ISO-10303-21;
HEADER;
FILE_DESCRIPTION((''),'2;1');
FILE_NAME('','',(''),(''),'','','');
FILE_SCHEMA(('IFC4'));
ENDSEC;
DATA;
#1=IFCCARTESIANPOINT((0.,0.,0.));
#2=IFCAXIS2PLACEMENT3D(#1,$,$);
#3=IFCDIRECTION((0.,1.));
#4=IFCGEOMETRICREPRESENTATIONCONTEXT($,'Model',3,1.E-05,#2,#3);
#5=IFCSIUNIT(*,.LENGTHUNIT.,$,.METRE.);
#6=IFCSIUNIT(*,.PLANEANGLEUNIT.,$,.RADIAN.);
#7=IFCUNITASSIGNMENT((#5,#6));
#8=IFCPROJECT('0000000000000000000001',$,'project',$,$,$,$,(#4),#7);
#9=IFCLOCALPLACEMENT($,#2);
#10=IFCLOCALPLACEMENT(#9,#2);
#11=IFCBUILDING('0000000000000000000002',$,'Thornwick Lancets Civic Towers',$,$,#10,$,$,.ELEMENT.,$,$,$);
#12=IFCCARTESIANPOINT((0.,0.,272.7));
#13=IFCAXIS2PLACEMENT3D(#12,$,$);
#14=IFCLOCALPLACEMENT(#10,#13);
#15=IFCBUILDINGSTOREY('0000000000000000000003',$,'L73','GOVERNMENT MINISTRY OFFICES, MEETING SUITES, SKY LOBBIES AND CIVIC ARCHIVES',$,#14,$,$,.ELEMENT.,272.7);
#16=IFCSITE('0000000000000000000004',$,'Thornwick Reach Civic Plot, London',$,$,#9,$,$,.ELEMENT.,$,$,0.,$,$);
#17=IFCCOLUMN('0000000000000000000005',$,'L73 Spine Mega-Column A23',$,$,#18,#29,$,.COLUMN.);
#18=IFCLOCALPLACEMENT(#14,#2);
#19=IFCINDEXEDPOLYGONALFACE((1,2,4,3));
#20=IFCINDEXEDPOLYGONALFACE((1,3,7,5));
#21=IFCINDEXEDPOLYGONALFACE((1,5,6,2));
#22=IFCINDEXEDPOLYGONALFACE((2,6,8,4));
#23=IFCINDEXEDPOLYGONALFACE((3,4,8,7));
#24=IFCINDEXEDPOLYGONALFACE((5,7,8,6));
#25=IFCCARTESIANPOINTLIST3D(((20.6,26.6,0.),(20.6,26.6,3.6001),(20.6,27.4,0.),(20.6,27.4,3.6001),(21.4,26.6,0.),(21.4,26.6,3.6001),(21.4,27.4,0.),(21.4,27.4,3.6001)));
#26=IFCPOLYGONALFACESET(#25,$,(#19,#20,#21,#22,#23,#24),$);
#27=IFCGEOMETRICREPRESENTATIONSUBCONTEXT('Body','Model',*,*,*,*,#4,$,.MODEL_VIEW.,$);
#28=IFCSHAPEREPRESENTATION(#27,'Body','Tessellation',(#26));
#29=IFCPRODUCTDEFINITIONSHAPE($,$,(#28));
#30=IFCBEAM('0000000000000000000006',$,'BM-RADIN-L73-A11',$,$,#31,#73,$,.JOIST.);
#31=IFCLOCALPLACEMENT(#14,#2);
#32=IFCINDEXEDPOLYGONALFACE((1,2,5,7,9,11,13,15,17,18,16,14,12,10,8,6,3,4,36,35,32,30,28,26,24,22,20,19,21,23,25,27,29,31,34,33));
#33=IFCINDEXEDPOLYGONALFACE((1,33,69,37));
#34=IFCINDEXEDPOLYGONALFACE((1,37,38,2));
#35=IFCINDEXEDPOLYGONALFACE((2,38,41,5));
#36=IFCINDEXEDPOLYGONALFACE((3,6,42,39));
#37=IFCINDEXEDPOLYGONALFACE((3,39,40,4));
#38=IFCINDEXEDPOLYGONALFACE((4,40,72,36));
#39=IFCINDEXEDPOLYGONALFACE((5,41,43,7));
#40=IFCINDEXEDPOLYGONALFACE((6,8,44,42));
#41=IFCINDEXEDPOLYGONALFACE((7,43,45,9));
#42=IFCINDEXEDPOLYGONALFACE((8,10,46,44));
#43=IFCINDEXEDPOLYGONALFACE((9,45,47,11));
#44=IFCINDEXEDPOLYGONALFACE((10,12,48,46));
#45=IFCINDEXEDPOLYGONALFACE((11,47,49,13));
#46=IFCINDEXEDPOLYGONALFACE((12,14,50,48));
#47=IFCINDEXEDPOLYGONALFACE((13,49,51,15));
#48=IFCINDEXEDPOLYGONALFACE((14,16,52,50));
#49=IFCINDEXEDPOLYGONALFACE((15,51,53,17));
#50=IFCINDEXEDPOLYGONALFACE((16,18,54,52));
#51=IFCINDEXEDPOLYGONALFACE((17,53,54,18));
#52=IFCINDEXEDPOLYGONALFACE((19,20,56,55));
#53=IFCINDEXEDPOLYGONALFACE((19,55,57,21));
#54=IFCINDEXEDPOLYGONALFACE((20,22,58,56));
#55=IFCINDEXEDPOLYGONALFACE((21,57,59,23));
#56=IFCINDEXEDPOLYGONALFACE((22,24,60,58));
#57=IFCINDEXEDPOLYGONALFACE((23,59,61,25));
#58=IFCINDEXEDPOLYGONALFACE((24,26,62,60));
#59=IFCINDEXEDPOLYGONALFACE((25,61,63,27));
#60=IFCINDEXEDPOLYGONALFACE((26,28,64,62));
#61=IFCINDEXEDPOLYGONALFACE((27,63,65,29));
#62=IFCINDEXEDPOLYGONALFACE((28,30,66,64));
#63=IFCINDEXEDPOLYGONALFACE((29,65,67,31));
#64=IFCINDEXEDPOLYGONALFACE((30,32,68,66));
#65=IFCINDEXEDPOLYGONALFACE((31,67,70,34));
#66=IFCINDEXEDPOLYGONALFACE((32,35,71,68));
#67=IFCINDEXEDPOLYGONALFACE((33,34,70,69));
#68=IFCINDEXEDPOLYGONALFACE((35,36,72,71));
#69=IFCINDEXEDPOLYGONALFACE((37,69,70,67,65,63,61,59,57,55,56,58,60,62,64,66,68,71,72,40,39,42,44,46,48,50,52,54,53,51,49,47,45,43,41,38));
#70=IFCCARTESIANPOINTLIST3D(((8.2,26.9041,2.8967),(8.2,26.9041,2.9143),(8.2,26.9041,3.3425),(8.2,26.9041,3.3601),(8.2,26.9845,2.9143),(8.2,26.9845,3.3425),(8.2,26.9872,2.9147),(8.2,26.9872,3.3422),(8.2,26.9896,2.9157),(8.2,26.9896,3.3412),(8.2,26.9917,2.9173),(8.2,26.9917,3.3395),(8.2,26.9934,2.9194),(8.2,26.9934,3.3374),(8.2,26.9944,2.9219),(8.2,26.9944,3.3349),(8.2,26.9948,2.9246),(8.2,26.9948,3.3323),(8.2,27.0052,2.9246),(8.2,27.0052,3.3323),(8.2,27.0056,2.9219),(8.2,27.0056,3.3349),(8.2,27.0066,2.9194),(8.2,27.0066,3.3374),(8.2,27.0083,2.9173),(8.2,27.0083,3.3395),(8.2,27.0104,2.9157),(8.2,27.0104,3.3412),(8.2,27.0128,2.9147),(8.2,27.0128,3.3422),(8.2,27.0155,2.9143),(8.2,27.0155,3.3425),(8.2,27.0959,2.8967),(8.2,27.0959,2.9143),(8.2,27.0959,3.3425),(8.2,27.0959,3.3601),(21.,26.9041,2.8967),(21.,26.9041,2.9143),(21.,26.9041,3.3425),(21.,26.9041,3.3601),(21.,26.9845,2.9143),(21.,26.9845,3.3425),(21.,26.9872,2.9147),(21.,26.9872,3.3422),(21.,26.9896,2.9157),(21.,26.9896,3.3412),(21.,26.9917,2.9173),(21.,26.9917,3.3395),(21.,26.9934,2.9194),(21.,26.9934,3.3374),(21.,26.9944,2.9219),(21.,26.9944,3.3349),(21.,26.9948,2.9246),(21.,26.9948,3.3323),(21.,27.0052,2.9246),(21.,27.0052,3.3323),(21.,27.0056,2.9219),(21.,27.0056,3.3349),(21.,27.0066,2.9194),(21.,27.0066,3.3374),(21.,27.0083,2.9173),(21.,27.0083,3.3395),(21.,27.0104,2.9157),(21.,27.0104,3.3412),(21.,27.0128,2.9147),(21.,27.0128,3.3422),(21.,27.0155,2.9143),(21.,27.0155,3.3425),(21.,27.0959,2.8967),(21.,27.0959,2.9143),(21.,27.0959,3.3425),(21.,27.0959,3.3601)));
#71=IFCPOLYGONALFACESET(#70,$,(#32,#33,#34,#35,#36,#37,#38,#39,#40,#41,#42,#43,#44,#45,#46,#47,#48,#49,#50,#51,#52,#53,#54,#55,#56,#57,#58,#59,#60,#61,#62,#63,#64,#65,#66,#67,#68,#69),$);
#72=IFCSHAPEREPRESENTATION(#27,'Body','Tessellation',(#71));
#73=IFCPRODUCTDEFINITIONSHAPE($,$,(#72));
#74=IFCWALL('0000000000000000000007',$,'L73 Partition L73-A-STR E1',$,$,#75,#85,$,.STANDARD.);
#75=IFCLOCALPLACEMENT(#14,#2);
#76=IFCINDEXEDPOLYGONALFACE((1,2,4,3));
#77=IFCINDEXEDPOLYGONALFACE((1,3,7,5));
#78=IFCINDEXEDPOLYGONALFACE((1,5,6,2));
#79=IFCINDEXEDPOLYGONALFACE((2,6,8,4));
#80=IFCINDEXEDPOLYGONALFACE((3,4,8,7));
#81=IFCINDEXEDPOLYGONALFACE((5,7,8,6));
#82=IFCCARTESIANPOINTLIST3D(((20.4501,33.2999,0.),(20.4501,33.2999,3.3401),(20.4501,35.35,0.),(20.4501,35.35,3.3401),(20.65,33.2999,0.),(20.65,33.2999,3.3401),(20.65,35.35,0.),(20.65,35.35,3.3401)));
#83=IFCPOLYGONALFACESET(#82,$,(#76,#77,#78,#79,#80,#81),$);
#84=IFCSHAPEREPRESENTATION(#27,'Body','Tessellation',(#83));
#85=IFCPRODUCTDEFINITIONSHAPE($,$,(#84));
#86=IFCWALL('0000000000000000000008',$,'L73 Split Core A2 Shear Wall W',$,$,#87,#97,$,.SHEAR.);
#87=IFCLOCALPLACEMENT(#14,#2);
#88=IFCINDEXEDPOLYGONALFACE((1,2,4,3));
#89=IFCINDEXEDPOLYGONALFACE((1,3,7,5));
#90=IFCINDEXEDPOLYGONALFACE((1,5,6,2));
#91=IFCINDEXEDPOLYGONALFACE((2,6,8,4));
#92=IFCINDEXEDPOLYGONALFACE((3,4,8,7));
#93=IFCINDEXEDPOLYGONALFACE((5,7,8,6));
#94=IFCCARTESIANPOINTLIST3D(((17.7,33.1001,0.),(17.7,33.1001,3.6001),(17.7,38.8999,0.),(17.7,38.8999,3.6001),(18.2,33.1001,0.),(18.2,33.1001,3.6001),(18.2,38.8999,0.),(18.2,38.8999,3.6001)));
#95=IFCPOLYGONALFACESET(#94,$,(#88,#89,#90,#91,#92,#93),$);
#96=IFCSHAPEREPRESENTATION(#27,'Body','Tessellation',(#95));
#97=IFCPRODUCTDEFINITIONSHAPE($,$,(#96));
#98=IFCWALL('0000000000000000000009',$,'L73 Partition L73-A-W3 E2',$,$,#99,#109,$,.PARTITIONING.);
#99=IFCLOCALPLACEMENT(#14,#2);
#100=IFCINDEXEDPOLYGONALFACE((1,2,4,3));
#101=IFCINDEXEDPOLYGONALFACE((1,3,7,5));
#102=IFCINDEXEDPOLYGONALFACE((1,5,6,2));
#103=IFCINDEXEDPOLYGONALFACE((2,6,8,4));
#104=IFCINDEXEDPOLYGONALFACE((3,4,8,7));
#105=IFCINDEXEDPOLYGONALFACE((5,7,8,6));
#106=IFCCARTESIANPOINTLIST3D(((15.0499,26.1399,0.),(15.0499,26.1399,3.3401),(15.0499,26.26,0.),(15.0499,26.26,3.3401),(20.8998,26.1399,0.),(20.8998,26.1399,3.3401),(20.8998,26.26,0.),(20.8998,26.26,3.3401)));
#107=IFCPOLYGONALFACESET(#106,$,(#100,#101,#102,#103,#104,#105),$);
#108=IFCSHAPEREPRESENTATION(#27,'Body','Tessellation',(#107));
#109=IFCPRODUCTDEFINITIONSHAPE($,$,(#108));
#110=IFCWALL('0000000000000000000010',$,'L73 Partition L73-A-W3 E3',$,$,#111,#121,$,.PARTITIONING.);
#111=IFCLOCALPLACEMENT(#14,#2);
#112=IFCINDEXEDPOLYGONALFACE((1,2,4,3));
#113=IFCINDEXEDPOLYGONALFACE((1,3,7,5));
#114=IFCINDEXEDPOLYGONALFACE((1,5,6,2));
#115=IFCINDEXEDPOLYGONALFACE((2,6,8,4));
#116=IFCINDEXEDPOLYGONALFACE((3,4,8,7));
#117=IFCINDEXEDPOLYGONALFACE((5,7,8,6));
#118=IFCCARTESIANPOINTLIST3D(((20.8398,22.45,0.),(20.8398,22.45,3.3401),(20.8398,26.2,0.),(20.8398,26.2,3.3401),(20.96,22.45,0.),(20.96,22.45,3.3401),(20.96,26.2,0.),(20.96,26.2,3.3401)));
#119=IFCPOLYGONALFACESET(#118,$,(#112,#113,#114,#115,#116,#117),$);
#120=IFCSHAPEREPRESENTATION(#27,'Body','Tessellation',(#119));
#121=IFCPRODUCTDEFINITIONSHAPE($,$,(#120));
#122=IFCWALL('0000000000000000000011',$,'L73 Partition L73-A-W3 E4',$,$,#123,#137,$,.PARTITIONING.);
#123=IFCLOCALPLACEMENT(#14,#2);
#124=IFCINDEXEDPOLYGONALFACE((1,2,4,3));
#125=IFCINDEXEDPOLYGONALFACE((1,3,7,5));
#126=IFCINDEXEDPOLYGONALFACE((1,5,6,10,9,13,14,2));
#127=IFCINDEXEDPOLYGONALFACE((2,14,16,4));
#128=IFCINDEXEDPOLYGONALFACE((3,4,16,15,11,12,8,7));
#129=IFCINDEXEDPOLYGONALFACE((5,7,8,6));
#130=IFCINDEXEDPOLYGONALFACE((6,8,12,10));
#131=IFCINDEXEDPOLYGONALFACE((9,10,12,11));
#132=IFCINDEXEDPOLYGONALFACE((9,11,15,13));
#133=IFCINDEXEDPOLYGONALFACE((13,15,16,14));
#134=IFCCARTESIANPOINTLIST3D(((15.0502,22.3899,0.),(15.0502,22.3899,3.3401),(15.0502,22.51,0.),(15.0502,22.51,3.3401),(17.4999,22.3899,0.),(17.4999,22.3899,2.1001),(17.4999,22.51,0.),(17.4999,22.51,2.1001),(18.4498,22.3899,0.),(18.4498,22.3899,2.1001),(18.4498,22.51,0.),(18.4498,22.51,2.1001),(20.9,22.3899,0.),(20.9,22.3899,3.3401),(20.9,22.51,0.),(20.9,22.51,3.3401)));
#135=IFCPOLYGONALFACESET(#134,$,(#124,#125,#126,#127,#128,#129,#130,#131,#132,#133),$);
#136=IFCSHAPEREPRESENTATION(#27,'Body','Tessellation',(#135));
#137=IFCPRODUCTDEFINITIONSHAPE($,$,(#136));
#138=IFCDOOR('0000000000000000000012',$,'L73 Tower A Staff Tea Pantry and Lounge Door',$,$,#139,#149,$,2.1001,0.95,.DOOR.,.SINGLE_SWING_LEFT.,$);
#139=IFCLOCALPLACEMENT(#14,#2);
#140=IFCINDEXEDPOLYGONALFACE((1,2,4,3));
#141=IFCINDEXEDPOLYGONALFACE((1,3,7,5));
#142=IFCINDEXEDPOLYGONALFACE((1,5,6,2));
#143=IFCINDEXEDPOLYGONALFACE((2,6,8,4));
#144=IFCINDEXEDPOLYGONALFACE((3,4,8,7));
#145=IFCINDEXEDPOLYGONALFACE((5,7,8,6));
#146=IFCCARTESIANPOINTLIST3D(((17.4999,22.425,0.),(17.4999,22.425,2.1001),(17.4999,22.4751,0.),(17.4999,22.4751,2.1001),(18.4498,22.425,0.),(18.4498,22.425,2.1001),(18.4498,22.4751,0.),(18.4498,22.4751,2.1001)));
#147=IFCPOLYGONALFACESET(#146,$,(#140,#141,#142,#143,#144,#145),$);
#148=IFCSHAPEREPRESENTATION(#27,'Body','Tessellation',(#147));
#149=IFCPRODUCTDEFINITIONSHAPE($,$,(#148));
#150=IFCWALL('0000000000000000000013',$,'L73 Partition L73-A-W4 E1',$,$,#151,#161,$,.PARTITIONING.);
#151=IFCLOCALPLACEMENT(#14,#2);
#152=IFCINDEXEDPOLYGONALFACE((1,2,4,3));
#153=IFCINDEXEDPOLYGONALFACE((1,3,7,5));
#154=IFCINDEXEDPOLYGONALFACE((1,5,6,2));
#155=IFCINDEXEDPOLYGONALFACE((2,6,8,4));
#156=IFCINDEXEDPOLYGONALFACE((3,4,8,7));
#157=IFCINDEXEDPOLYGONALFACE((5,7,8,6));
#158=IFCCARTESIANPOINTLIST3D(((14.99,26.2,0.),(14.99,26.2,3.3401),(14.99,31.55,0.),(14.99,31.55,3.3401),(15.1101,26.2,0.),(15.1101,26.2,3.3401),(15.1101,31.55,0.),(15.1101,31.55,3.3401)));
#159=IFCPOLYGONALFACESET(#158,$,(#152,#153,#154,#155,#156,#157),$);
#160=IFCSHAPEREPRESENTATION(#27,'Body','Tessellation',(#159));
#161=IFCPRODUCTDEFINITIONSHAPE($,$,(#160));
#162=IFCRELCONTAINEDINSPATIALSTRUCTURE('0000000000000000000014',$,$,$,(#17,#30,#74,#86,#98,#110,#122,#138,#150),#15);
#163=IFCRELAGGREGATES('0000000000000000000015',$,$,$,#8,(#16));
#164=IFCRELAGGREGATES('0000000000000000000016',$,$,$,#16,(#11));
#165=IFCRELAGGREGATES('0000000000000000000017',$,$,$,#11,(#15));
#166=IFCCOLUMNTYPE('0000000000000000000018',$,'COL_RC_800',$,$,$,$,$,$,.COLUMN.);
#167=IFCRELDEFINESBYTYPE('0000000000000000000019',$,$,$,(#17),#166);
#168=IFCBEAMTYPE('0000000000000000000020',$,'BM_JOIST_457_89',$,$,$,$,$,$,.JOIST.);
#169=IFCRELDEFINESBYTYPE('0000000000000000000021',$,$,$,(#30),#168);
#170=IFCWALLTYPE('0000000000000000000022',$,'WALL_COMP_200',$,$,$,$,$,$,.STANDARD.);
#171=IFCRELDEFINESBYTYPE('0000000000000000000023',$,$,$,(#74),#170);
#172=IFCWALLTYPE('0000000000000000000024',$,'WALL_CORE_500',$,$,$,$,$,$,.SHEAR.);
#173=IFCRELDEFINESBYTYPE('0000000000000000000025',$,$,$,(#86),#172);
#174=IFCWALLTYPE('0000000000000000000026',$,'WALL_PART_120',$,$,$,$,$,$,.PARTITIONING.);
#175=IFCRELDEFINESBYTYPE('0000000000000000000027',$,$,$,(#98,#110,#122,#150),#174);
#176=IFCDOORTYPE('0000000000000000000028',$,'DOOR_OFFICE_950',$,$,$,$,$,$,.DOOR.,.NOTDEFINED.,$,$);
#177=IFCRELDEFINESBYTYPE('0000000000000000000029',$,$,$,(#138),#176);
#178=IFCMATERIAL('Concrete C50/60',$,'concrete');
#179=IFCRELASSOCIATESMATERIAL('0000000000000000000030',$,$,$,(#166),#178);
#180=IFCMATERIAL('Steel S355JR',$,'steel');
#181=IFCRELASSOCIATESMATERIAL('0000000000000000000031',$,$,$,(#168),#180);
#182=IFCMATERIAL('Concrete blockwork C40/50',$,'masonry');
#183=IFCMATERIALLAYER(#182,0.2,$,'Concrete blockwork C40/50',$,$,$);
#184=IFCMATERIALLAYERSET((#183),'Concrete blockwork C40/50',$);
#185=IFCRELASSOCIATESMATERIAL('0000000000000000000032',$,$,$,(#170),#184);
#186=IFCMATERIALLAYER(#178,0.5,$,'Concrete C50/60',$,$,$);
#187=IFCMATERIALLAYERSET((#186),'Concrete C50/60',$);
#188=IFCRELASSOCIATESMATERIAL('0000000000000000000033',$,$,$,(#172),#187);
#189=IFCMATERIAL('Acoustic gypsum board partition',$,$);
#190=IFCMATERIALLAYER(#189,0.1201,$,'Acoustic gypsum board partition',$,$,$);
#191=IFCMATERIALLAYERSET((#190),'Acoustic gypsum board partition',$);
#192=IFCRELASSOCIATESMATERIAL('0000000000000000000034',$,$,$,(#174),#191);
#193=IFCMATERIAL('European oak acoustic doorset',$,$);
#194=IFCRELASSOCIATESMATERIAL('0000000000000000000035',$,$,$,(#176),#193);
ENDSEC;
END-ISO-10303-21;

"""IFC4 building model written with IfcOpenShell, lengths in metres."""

from ifc_helpers import new_model, si_unit, direction, frame, frame_2d, origin, origin_2d, place, context, subcontext, project, spatial, rectangle, i_section, extrude, material, layer, layer_set, material_profile, profile_set, type_object, element, fill, save


model = new_model("IFC4")

# Units and contexts
model_context = context("Model", 3, precision=1e-05, world=origin(), true_north=direction((0.0, 1.0)))
body_context = subcontext(model_context, "Body", "Model", "MODEL_VIEW")
ifc_project = project(units=[si_unit("LENGTHUNIT", "METRE"), si_unit("PLANEANGLEUNIT", "RADIAN")], contexts=[model_context])

# Site, building, storey
site_placement = place(None, origin())
site = spatial("IfcSite", under=ifc_project, at=site_placement, Name="Thornwick Reach Civic Plot, London", CompositionType="ELEMENT", RefElevation=0.0)
building_placement = place(site_placement, origin())
building = spatial("IfcBuilding", under=site, at=building_placement, Name="Thornwick Lancets Civic Towers", CompositionType="ELEMENT")
storey_placement = place(building_placement, frame((0.0, 0.0, 272.7)))
storey = spatial("IfcBuildingStorey", under=building, at=storey_placement, Name="L73", Description="GOVERNMENT MINISTRY OFFICES, MEETING SUITES, SKY LOBBIES AND CIVIC ARCHIVES", CompositionType="ELEMENT", Elevation=272.7)

# Column
ifc_material_1 = material(Name="Concrete C50/60", Category="concrete")
ifc_material_profile_1 = material_profile(ifc_material_1, rectangle(XDim=0.8, YDim=0.8, at=origin_2d()), Name="RC 800x800")
ifc_profile_set_1 = profile_set([ifc_material_profile_1], Name="Concrete C50/60")
column_type = type_object("IfcColumnType", Name="COL_RC_800", PredefinedType="COLUMN", material=ifc_profile_set_1)
column_placement = place(storey_placement, frame((21.0, 27.0, 0.0), z_axis=(0.0, 0.0, 1.0), x_axis=(1.0, 0.0, 0.0)))
element("IfcColumn", 1, at=column_placement, inside=storey, type_object=column_type, Name="L73 Spine Mega-Column A23", PredefinedType="COLUMN", context=body_context, shape_type="SweptSolid", body=[
    extrude(rectangle(XDim=0.8, YDim=0.8, at=origin_2d()), origin(), (0.0, 0.0, 1.0), 3.6001),
])

# Beam
ifc_material_2 = material(Name="Steel S355JR", Category="steel")
ifc_material_profile_2 = material_profile(ifc_material_2, i_section(OverallWidth=0.1919, OverallDepth=0.4634, WebThickness=0.0105, FlangeThickness=0.0176, FilletRadius=0.0103, at=origin_2d()), Name="UKB 457x191x89")
ifc_profile_set_2 = profile_set([ifc_material_profile_2], Name="Steel S355JR")
beam_type = type_object("IfcBeamType", Name="BM_JOIST_457_89", PredefinedType="JOIST", material=ifc_profile_set_2)
beam_placement = place(storey_placement, frame((21.0, 27.0, 3.1284), z_axis=(-1.0, 0.0, 0.0), x_axis=(0.0, -1.0, 0.0)))
element("IfcBeam", 2, at=beam_placement, inside=storey, type_object=beam_type, Name="BM-RADIN-L73-A11", PredefinedType="JOIST", context=body_context, shape_type="SweptSolid", body=[
    extrude(i_section(OverallWidth=0.1919, OverallDepth=0.4634, WebThickness=0.0105, FlangeThickness=0.0176, FilletRadius=0.0103, at=origin_2d()), origin(), (0.0, 0.0, 1.0), 12.8),
])

# Walls
ifc_material_3 = material(Name="Concrete blockwork C40/50", Category="masonry")
ifc_layer_1 = layer(ifc_material_3, 0.2, Name="Concrete blockwork C40/50")
ifc_layer_set_1 = layer_set([ifc_layer_1], Name="Concrete blockwork C40/50")
wall_type_1 = type_object("IfcWallType", Name="WALL_COMP_200", PredefinedType="STANDARD", material=ifc_layer_set_1)
wall_1_placement = place(storey_placement, frame((20.55, 33.3, 0.0), z_axis=(0.0, 0.0, 1.0), x_axis=(0.0, 1.0, 0.0)))
element("IfcWall", 3, at=wall_1_placement, inside=storey, type_object=wall_type_1, Name="L73 Partition L73-A-STR E1", PredefinedType="STANDARD", context=body_context, shape_type="SweptSolid", body=[
    extrude(rectangle(XDim=2.05, YDim=0.2, at=frame_2d((1.0249, 0.0))), origin(), (0.0, 0.0, 1.0), 3.3401),
])
ifc_layer_2 = layer(ifc_material_1, 0.5, Name="Concrete C50/60")
ifc_layer_set_2 = layer_set([ifc_layer_2], Name="Concrete C50/60")
wall_type_2 = type_object("IfcWallType", Name="WALL_CORE_500", PredefinedType="SHEAR", material=ifc_layer_set_2)
wall_2_placement = place(storey_placement, frame((17.95, 33.1001, 0.0), z_axis=(0.0, 0.0, 1.0), x_axis=(0.0, 1.0, 0.0)))
element("IfcWall", 4, at=wall_2_placement, inside=storey, type_object=wall_type_2, Name="L73 Split Core A2 Shear Wall W", PredefinedType="SHEAR", context=body_context, shape_type="SweptSolid", body=[
    extrude(rectangle(XDim=5.7998, YDim=0.5, at=frame_2d((2.8999, 0.0))), origin(), (0.0, 0.0, 1.0), 3.6001),
])
ifc_material_4 = material(Name="Acoustic gypsum board partition")
ifc_layer_3 = layer(ifc_material_4, 0.1201, Name="Acoustic gypsum board partition")
ifc_layer_set_3 = layer_set([ifc_layer_3], Name="Acoustic gypsum board partition")
wall_type_3 = type_object("IfcWallType", Name="WALL_PART_120", PredefinedType="PARTITIONING", material=ifc_layer_set_3)
wall_3_placement = place(storey_placement, frame((15.05, 26.2, 0.0), z_axis=(0.0, 0.0, 1.0), x_axis=(1.0, 0.0, 0.0)))
element("IfcWall", 5, at=wall_3_placement, inside=storey, type_object=wall_type_3, Name="L73 Partition L73-A-W3 E2", PredefinedType="PARTITIONING", context=body_context, shape_type="SweptSolid", body=[
    extrude(rectangle(XDim=5.8499, YDim=0.1201, at=frame_2d((2.9248, 0.0))), origin(), (0.0, 0.0, 1.0), 3.3401),
])
wall_4_placement = place(storey_placement, frame((20.8999, 26.2, 0.0), z_axis=(0.0, 0.0, 1.0), x_axis=(0.0, -1.0, 0.0)))
element("IfcWall", 6, at=wall_4_placement, inside=storey, type_object=wall_type_3, Name="L73 Partition L73-A-W3 E3", PredefinedType="PARTITIONING", context=body_context, shape_type="SweptSolid", body=[
    extrude(rectangle(XDim=3.75, YDim=0.1201, at=frame_2d((1.875, 0.0))), origin(), (0.0, 0.0, 1.0), 3.3401),
])

# Wall, opening, door
wall_5_placement = place(storey_placement, frame((20.8999, 22.45, 0.0), z_axis=(0.0, 0.0, 1.0), x_axis=(-1.0, 0.0, 0.0)))
wall_5 = element("IfcWall", 7, at=wall_5_placement, inside=storey, type_object=wall_type_3, Name="L73 Partition L73-A-W3 E4", PredefinedType="PARTITIONING", context=body_context, shape_type="SweptSolid", body=[
    extrude(rectangle(XDim=5.8499, YDim=0.1201, at=frame_2d((2.9248, 0.0))), origin(), (0.0, 0.0, 1.0), 3.3401),
])
opening_1_placement = place(wall_5_placement, frame((2.45, 0.0, 0.0)))
opening_1 = element("IfcOpeningElement", 8, at=opening_1_placement, cuts=wall_5, PredefinedType="OPENING", context=body_context, shape_type="SweptSolid", body=[
    extrude(rectangle(XDim=0.95, YDim=2.1001, at=frame_2d((0.4751, 1.05))), frame((0.0, 0.0701, 0.0), z_axis=(0.0, -1.0, 0.0), x_axis=(1.0, 0.0, 0.0)), (0.0, 0.0, 1.0), 0.1401),
])
ifc_material_5 = material(Name="European oak acoustic doorset")
door_type_1 = type_object("IfcDoorType", Name="DOOR_OFFICE_950", OperationType="NOTDEFINED", PredefinedType="DOOR", material=ifc_material_5)
door_1_placement = place(opening_1_placement, origin())
door_1 = element("IfcDoor", 9, at=door_1_placement, inside=storey, type_object=door_type_1, Name="L73 Tower A Staff Tea Pantry and Lounge Door", OperationType="SINGLE_SWING_LEFT", OverallHeight=2.1001, OverallWidth=0.95, PredefinedType="DOOR", context=body_context, shape_type="SweptSolid", body=[
    extrude(rectangle(XDim=0.95, YDim=2.1001, at=frame_2d((0.4751, 1.05))), frame((0.0, 0.0249, 0.0), z_axis=(0.0, -1.0, 0.0), x_axis=(1.0, 0.0, 0.0)), (0.0, 0.0, 1.0), 0.05),
])
fill(opening_1, door_1)

# Wall
wall_6_placement = place(storey_placement, frame((15.05, 26.2, 0.0), z_axis=(0.0, 0.0, 1.0), x_axis=(0.0, 1.0, 0.0)))
element("IfcWall", 10, at=wall_6_placement, inside=storey, type_object=wall_type_3, Name="L73 Partition L73-A-W4 E1", PredefinedType="PARTITIONING", context=body_context, shape_type="SweptSolid", body=[
    extrude(rectangle(XDim=5.3501, YDim=0.1201, at=frame_2d((2.675, 0.0))), origin(), (0.0, 0.0, 1.0), 3.3401),
])

save(model, "model.ifc")
